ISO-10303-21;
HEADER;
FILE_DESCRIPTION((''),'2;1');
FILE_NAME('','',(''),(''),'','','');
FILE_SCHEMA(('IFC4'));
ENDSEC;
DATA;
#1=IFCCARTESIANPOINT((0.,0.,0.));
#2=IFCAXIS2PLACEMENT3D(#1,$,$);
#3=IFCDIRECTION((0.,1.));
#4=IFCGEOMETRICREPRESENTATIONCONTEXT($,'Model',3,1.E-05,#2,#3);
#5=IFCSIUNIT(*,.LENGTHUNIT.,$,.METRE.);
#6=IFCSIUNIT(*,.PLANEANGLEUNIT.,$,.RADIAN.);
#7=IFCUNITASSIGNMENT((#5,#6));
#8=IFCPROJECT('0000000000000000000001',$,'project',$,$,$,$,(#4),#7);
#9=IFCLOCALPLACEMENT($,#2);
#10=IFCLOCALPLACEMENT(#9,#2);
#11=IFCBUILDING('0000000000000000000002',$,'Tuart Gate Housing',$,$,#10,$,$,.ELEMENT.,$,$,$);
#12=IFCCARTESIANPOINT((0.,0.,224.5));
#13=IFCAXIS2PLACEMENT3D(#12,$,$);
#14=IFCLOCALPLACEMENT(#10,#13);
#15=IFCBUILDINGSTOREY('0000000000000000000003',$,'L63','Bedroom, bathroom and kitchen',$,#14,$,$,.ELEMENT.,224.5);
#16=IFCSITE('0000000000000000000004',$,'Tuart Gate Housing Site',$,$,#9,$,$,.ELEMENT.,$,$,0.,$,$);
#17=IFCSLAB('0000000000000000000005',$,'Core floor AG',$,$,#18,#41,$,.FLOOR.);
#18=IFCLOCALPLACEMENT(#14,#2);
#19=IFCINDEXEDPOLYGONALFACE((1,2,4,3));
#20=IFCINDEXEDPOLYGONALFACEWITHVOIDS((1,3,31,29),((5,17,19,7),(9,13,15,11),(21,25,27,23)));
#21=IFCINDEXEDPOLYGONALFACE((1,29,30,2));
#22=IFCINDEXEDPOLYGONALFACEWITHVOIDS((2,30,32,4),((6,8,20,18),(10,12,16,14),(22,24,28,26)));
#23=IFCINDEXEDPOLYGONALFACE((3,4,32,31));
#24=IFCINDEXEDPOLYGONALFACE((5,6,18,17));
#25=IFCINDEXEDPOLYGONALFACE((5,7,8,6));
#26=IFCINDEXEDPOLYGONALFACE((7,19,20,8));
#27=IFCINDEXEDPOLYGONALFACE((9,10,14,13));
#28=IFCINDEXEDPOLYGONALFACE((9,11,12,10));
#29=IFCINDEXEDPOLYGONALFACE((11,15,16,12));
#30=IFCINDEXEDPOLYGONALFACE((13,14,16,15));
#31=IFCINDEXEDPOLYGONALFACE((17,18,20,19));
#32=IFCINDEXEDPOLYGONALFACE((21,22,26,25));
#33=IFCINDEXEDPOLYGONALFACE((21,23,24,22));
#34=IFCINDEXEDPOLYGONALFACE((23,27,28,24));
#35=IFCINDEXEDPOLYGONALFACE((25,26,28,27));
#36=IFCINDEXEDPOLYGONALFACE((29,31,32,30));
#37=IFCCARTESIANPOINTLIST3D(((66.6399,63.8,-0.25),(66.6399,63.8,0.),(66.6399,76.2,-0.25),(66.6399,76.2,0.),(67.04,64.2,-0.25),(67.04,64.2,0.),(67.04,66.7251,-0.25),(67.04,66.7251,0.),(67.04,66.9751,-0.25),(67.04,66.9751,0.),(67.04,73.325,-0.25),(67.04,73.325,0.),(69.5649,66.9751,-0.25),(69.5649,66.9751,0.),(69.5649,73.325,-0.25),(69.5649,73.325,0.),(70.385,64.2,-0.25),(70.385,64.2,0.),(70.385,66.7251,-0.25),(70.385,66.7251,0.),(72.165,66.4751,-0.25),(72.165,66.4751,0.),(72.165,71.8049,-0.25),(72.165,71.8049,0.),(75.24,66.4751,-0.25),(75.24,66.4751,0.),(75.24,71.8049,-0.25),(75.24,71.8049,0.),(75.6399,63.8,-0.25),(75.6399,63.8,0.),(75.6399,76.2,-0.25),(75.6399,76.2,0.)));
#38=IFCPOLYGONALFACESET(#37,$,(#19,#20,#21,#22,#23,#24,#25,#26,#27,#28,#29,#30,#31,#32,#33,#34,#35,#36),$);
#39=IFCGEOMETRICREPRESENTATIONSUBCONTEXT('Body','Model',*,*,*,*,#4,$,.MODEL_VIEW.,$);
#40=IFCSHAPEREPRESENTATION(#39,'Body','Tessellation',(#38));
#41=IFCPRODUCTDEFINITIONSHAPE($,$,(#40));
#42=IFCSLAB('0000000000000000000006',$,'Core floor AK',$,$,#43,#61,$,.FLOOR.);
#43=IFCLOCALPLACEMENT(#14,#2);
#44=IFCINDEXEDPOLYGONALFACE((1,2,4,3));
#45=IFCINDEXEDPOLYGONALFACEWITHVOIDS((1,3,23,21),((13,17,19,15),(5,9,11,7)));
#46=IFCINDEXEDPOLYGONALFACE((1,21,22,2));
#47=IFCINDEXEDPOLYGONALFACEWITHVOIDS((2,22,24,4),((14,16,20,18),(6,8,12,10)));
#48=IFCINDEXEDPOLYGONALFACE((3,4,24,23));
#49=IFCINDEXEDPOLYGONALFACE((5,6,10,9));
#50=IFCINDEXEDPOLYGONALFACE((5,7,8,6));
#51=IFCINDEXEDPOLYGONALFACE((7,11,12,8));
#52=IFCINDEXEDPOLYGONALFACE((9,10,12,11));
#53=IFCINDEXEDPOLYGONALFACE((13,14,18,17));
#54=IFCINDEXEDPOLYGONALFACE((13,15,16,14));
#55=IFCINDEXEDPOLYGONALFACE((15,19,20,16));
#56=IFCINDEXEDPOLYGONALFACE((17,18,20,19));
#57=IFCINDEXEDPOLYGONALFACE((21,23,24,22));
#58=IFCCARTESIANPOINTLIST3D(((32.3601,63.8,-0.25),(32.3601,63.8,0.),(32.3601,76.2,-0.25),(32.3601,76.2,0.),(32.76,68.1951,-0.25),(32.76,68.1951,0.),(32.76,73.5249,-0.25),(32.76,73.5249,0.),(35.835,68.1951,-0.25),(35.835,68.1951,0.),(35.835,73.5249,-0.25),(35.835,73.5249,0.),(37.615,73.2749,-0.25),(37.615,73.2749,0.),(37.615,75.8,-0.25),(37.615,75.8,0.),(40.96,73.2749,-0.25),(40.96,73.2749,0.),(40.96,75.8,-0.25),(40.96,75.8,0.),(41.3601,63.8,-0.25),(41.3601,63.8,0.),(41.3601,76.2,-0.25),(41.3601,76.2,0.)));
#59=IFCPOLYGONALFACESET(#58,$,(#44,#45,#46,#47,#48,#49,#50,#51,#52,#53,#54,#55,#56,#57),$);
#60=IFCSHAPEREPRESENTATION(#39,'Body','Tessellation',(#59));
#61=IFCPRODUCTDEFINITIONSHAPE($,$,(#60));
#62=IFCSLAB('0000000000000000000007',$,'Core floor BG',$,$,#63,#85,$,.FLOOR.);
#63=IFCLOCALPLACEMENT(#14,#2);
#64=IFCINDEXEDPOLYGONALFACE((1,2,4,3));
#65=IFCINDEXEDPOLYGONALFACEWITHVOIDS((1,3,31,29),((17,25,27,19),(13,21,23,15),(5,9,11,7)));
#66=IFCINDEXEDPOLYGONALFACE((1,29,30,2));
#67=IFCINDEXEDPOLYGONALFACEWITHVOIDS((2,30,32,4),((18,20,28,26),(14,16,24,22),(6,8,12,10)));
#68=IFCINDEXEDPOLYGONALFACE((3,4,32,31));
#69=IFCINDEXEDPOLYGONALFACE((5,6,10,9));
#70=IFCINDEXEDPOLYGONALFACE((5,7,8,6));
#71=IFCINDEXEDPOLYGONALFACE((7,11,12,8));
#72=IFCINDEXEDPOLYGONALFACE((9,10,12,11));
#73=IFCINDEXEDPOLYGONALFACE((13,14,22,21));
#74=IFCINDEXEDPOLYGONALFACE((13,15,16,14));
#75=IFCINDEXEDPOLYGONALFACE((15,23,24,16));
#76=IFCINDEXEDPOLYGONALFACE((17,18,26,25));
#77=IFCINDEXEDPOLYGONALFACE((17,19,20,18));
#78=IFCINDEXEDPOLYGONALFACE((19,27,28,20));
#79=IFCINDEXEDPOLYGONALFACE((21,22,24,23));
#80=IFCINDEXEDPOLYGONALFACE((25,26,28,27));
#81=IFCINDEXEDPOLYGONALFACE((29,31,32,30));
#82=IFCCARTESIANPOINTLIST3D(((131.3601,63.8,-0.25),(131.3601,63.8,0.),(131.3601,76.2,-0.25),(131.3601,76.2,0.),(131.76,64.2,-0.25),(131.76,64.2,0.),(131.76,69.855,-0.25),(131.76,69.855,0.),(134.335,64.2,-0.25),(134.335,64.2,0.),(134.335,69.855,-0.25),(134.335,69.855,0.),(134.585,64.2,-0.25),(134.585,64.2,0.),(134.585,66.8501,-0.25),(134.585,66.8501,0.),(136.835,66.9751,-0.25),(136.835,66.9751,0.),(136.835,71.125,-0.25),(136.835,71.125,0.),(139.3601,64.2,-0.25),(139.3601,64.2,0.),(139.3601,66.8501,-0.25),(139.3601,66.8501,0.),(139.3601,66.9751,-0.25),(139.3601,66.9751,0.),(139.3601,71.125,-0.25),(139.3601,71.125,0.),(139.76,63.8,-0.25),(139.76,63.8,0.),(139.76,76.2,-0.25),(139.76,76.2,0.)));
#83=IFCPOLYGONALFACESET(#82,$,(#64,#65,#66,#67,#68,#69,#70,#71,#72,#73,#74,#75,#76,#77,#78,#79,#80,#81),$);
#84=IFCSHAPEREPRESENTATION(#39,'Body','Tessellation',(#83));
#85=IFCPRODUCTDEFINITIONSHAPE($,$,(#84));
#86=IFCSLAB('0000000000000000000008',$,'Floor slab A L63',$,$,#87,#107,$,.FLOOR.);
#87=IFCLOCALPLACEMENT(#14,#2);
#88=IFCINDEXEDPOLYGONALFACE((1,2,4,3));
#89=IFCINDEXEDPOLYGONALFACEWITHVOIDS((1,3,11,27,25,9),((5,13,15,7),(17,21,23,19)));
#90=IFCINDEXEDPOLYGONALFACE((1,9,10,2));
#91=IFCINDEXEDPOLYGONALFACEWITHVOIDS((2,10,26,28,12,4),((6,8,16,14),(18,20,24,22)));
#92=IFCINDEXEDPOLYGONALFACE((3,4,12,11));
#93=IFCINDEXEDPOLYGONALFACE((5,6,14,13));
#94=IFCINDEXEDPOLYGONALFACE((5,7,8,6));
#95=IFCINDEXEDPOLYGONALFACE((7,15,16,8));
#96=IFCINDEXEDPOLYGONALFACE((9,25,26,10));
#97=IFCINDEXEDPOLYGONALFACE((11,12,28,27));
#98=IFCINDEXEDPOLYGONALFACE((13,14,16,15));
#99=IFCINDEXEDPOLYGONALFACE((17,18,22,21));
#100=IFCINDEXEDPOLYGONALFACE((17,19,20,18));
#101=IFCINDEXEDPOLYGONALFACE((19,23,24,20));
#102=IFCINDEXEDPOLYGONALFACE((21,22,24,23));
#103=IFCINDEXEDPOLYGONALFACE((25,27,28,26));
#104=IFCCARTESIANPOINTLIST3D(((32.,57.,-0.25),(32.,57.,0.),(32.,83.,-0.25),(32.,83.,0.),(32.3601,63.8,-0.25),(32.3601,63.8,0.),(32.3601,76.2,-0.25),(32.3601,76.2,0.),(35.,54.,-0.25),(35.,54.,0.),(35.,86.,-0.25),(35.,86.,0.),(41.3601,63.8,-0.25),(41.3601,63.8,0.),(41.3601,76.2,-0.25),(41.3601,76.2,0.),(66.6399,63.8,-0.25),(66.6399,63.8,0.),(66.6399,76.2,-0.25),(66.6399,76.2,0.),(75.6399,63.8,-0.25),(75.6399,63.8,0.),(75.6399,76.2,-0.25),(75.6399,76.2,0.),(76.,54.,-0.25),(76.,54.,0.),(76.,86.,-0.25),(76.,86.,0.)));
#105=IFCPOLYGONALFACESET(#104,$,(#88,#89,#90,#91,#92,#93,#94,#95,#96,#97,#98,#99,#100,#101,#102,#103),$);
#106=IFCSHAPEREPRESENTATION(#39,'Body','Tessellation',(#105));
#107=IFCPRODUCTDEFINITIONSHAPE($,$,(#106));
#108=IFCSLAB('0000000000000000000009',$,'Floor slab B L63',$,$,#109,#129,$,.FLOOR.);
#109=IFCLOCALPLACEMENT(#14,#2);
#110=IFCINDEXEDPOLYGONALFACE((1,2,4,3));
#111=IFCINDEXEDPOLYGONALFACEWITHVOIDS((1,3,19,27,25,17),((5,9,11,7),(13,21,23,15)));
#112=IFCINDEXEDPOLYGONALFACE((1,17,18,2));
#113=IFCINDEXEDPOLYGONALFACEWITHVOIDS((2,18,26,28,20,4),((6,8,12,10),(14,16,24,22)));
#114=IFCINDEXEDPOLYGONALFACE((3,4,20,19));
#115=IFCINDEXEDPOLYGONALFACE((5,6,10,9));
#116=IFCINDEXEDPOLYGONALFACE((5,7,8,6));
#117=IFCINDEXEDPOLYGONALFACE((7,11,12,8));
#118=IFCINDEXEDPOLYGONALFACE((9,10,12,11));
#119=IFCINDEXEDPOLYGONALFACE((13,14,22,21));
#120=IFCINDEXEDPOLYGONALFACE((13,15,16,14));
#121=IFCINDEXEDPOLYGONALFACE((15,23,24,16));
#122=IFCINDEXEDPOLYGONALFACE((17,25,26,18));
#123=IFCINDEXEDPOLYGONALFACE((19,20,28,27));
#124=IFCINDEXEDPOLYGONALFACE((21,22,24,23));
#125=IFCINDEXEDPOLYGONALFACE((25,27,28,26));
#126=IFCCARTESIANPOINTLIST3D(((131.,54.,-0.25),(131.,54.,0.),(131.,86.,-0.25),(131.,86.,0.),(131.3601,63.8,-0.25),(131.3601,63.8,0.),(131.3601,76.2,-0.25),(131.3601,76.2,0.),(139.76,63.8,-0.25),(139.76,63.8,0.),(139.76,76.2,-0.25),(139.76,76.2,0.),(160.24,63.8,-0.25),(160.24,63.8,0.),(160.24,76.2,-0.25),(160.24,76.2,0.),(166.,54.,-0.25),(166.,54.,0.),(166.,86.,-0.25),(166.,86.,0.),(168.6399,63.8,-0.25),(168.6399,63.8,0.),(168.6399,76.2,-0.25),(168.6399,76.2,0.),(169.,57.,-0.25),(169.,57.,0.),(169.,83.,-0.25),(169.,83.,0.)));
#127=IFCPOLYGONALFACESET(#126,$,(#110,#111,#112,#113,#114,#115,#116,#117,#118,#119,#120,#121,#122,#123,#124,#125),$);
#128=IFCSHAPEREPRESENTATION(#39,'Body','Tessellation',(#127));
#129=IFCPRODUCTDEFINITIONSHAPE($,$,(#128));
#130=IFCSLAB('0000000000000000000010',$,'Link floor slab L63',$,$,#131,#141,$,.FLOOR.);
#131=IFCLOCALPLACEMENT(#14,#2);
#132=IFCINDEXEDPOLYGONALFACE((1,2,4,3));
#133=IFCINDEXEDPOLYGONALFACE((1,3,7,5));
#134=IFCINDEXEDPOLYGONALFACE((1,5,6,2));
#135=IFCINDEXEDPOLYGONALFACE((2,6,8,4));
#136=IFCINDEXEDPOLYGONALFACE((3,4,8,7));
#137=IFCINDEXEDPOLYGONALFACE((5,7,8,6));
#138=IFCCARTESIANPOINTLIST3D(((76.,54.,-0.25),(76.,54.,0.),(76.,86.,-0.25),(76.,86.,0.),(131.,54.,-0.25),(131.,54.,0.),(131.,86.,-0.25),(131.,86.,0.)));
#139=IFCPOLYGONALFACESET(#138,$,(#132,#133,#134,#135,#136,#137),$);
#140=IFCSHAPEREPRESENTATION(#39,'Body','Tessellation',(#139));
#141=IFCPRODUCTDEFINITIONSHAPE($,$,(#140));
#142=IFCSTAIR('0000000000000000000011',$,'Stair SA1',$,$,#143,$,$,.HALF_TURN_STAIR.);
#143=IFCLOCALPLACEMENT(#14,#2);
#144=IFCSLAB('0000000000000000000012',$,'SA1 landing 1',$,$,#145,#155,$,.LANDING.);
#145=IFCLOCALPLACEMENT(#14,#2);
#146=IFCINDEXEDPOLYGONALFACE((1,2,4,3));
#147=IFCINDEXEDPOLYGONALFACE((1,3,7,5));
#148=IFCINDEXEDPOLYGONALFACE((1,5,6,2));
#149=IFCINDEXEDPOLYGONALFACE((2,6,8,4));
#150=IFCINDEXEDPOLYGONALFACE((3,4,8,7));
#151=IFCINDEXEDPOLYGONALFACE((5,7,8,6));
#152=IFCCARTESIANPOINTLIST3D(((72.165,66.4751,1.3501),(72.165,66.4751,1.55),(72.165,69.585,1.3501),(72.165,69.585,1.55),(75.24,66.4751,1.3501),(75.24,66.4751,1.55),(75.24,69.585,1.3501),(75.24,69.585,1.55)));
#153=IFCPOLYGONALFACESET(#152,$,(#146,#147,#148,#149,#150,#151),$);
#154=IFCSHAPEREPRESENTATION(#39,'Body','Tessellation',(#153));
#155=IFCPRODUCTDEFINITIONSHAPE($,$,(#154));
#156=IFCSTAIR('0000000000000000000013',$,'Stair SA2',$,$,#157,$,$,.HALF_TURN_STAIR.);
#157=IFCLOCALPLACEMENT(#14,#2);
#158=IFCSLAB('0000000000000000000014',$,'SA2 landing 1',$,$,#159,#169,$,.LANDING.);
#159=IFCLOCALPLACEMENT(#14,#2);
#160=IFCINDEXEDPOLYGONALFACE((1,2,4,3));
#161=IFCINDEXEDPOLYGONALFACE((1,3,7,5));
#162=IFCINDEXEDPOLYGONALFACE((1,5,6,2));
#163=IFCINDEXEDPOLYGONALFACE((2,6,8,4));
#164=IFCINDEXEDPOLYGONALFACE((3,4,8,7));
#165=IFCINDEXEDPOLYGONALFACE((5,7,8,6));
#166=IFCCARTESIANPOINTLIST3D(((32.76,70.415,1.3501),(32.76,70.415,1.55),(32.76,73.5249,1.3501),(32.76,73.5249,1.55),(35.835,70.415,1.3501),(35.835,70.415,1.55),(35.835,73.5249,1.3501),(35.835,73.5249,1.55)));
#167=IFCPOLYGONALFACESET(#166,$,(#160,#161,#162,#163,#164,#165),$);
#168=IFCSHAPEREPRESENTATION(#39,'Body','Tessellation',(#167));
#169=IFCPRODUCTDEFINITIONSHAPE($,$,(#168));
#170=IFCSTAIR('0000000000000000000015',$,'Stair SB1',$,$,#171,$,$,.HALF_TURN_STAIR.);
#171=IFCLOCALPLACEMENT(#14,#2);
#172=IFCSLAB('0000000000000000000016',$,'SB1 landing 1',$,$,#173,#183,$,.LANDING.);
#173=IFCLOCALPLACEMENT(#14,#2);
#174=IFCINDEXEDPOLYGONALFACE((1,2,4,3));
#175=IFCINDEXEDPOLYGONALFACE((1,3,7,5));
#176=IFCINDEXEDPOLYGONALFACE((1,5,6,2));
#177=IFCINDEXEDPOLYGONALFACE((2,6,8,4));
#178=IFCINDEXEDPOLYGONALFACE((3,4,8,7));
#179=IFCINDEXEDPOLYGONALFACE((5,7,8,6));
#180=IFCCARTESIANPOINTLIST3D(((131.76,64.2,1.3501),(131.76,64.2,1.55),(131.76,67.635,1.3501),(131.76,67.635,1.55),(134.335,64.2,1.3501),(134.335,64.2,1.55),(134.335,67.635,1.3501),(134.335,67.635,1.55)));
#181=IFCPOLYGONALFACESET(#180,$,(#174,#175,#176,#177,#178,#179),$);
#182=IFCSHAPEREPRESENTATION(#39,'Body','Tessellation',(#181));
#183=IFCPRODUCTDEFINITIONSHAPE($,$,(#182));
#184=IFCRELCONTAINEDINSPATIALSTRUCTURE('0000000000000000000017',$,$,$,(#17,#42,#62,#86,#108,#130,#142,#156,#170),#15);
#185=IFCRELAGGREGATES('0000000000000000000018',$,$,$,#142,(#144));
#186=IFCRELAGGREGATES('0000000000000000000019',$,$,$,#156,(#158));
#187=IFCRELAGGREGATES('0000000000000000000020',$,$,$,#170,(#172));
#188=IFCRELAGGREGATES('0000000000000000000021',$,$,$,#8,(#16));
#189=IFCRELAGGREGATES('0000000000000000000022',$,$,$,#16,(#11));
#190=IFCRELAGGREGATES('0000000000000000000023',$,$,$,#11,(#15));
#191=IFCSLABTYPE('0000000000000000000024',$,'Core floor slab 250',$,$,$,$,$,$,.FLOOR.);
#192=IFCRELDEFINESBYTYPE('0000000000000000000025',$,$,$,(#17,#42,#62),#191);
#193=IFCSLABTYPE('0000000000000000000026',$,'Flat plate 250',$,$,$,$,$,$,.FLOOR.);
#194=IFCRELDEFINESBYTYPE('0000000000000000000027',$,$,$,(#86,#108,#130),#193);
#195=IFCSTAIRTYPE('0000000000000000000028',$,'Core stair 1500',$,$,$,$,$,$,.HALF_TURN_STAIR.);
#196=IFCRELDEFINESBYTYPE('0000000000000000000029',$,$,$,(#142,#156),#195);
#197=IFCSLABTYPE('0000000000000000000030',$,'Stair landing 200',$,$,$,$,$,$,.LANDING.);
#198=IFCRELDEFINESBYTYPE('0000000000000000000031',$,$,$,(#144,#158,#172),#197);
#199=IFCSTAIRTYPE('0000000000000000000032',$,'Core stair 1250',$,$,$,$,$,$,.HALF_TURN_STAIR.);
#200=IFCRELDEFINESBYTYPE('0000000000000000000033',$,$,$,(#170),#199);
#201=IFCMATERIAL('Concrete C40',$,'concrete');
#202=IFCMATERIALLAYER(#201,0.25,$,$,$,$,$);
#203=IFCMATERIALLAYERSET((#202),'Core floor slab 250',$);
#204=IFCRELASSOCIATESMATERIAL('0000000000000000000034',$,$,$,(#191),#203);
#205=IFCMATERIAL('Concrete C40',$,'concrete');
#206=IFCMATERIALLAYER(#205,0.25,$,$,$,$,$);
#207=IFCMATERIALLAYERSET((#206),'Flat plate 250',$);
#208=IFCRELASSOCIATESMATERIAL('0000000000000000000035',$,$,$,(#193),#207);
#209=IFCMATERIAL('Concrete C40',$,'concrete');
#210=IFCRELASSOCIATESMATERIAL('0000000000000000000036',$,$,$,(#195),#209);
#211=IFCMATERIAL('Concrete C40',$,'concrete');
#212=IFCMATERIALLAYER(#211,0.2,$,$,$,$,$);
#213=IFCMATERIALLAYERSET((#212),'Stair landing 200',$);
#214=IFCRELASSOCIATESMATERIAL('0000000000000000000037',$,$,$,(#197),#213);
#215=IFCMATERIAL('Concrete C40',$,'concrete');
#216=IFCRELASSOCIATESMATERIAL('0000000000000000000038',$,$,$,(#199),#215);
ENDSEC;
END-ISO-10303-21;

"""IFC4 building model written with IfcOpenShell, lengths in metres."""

from ifc_helpers import new_model, si_unit, direction, frame, origin, place, context, subcontext, project, spatial, polyline, outline, extrude, material, layer, layer_set, type_object, element, aggregate, save


model = new_model("IFC4")

# Units and contexts
model_context = context("Model", 3, precision=1e-05, world=origin(), true_north=direction((0.0, 1.0)))
body_context = subcontext(model_context, "Body", "Model", "MODEL_VIEW")
ifc_project = project(units=[si_unit("LENGTHUNIT", "METRE"), si_unit("PLANEANGLEUNIT", "RADIAN")], contexts=[model_context])

# Site, building, storey
site_placement = place(None, origin())
site = spatial("IfcSite", under=ifc_project, at=site_placement, Name="Tuart Gate Housing Site", CompositionType="ELEMENT", RefElevation=0.0)
building_placement = place(site_placement, origin())
building = spatial("IfcBuilding", under=site, at=building_placement, Name="Tuart Gate Housing", CompositionType="ELEMENT")
storey_placement = place(building_placement, frame((0.0, 0.0, 224.5)))
storey = spatial("IfcBuildingStorey", under=building, at=storey_placement, Name="L63", Description="Bedroom, bathroom and kitchen", CompositionType="ELEMENT", Elevation=224.5)

# Slabs
ifc_material_1 = material(Name="Concrete C40", Category="concrete")
ifc_layer_1 = layer(ifc_material_1, 0.25)
ifc_layer_set_1 = layer_set([ifc_layer_1], Name="Core floor slab 250")
slab_type_1 = type_object("IfcSlabType", Name="Core floor slab 250", PredefinedType="FLOOR", material=ifc_layer_set_1)
slab_1_placement = place(storey_placement, frame((0.0, 0.0, -0.25)))
element("IfcSlab", 1, at=slab_1_placement, inside=storey, type_object=slab_type_1, Name="Core floor AG", PredefinedType="FLOOR", context=body_context, shape_type="SweptSolid", body=[
    extrude(outline(polyline([(66.6399, 63.8), (75.6399, 63.8), (75.6399, 76.2), (66.6399, 76.2), (66.6399, 63.8)]), holes=[polyline([(67.04, 64.2), (70.385, 64.2), (70.385, 66.7251), (67.04, 66.7251), (67.04, 64.2)]), polyline([(67.04, 66.9751), (69.5649, 66.9751), (69.5649, 73.325), (67.04, 73.325), (67.04, 66.9751)]), polyline([(72.165, 66.4751), (75.24, 66.4751), (75.24, 71.8049), (72.165, 71.8049), (72.165, 66.4751)])]), origin(), (0.0, 0.0, 1.0), 0.25),
])
slab_2_placement = place(storey_placement, frame((0.0, 0.0, -0.25)))
element("IfcSlab", 2, at=slab_2_placement, inside=storey, type_object=slab_type_1, Name="Core floor AK", PredefinedType="FLOOR", context=body_context, shape_type="SweptSolid", body=[
    extrude(outline(polyline([(32.3601, 63.8), (41.3601, 63.8), (41.3601, 76.2), (32.3601, 76.2), (32.3601, 63.8)]), holes=[polyline([(40.96, 75.8), (37.615, 75.8), (37.615, 73.2749), (40.96, 73.2749), (40.96, 75.8)]), polyline([(35.835, 73.5249), (32.76, 73.5249), (32.76, 68.1951), (35.835, 68.1951), (35.835, 73.5249)])]), origin(), (0.0, 0.0, 1.0), 0.25),
])
slab_3_placement = place(storey_placement, frame((0.0, 0.0, -0.25)))
element("IfcSlab", 3, at=slab_3_placement, inside=storey, type_object=slab_type_1, Name="Core floor BG", PredefinedType="FLOOR", context=body_context, shape_type="SweptSolid", body=[
    extrude(outline(polyline([(131.3601, 63.8), (139.76, 63.8), (139.76, 76.2), (131.3601, 76.2), (131.3601, 63.8)]), holes=[polyline([(139.3601, 66.8501), (134.585, 66.8501), (134.585, 64.2), (139.3601, 64.2), (139.3601, 66.8501)]), polyline([(139.3601, 71.125), (136.835, 71.125), (136.835, 66.9751), (139.3601, 66.9751), (139.3601, 71.125)]), polyline([(134.335, 69.855), (131.76, 69.855), (131.76, 64.2), (134.335, 64.2), (134.335, 69.855)])]), origin(), (0.0, 0.0, 1.0), 0.25),
])
ifc_material_2 = material(Name="Concrete C40", Category="concrete")
ifc_layer_2 = layer(ifc_material_2, 0.25)
ifc_layer_set_2 = layer_set([ifc_layer_2], Name="Flat plate 250")
slab_type_2 = type_object("IfcSlabType", Name="Flat plate 250", PredefinedType="FLOOR", material=ifc_layer_set_2)
slab_4_placement = place(storey_placement, frame((0.0, 0.0, -0.25)))
element("IfcSlab", 4, at=slab_4_placement, inside=storey, type_object=slab_type_2, Name="Floor slab A L63", PredefinedType="FLOOR", context=body_context, shape_type="SweptSolid", body=[
    extrude(outline(polyline([(35.0, 86.0), (32.0, 83.0), (32.0, 57.0), (35.0, 54.0), (76.0, 54.0), (76.0, 86.0), (35.0, 86.0)]), holes=[polyline([(66.6399, 76.2), (75.6399, 76.2), (75.6399, 63.8), (66.6399, 63.8), (66.6399, 76.2)]), polyline([(41.3601, 76.2), (41.3601, 63.8), (32.3601, 63.8), (32.3601, 76.2), (41.3601, 76.2)])]), origin(), (0.0, 0.0, 1.0), 0.25),
])
slab_5_placement = place(storey_placement, frame((0.0, 0.0, -0.25)))
element("IfcSlab", 5, at=slab_5_placement, inside=storey, type_object=slab_type_2, Name="Floor slab B L63", PredefinedType="FLOOR", context=body_context, shape_type="SweptSolid", body=[
    extrude(outline(polyline([(166.0, 86.0), (131.0, 86.0), (131.0, 54.0), (166.0, 54.0), (169.0, 57.0), (169.0, 83.0), (166.0, 86.0)]), holes=[polyline([(131.3601, 76.2), (139.76, 76.2), (139.76, 63.8), (131.3601, 63.8), (131.3601, 76.2)]), polyline([(168.6399, 76.2), (168.6399, 63.8), (160.24, 63.8), (160.24, 76.2), (168.6399, 76.2)])]), origin(), (0.0, 0.0, 1.0), 0.25),
])
slab_6_placement = place(storey_placement, frame((0.0, 0.0, -0.25)))
element("IfcSlab", 6, at=slab_6_placement, inside=storey, type_object=slab_type_2, Name="Link floor slab L63", PredefinedType="FLOOR", context=body_context, shape_type="SweptSolid", body=[
    extrude(outline(polyline([(76.0, 54.0), (131.0, 54.0), (131.0, 86.0), (76.0, 86.0), (76.0, 54.0)])), origin(), (0.0, 0.0, 1.0), 0.25),
])

# Stairs, slabs
ifc_material_3 = material(Name="Concrete C40", Category="concrete")
stair_type_1 = type_object("IfcStairType", Name="Core stair 1500", PredefinedType="HALF_TURN_STAIR", material=ifc_material_3)
stair_1_placement = place(storey_placement, origin())
stair_1 = element("IfcStair", 7, at=stair_1_placement, inside=storey, type_object=stair_type_1, Name="Stair SA1", PredefinedType="HALF_TURN_STAIR")
ifc_material_4 = material(Name="Concrete C40", Category="concrete")
ifc_layer_3 = layer(ifc_material_4, 0.2)
ifc_layer_set_3 = layer_set([ifc_layer_3], Name="Stair landing 200")
slab_type_3 = type_object("IfcSlabType", Name="Stair landing 200", PredefinedType="LANDING", material=ifc_layer_set_3)
slab_7_placement = place(storey_placement, frame((0.0, 0.0, 1.3501)))
slab_7 = element("IfcSlab", 8, at=slab_7_placement, type_object=slab_type_3, Name="SA1 landing 1", PredefinedType="LANDING", context=body_context, shape_type="SweptSolid", body=[
    extrude(outline(polyline([(72.165, 66.4751), (75.24, 66.4751), (75.24, 69.585), (72.165, 69.585), (72.165, 66.4751)])), origin(), (0.0, 0.0, 1.0), 0.2),
])
aggregate(stair_1, [slab_7])
stair_2_placement = place(storey_placement, origin())
stair_2 = element("IfcStair", 9, at=stair_2_placement, inside=storey, type_object=stair_type_1, Name="Stair SA2", PredefinedType="HALF_TURN_STAIR")
slab_8_placement = place(storey_placement, frame((0.0, 0.0, 1.3501)))
slab_8 = element("IfcSlab", 10, at=slab_8_placement, type_object=slab_type_3, Name="SA2 landing 1", PredefinedType="LANDING", context=body_context, shape_type="SweptSolid", body=[
    extrude(outline(polyline([(35.835, 73.5249), (32.76, 73.5249), (32.76, 70.415), (35.835, 70.415), (35.835, 73.5249)])), origin(), (0.0, 0.0, 1.0), 0.2),
])
aggregate(stair_2, [slab_8])
ifc_material_5 = material(Name="Concrete C40", Category="concrete")
stair_type_2 = type_object("IfcStairType", Name="Core stair 1250", PredefinedType="HALF_TURN_STAIR", material=ifc_material_5)
stair_3_placement = place(storey_placement, origin())
stair_3 = element("IfcStair", 11, at=stair_3_placement, inside=storey, type_object=stair_type_2, Name="Stair SB1", PredefinedType="HALF_TURN_STAIR")
slab_9_placement = place(storey_placement, frame((0.0, 0.0, 1.3501)))
slab_9 = element("IfcSlab", 12, at=slab_9_placement, type_object=slab_type_3, Name="SB1 landing 1", PredefinedType="LANDING", context=body_context, shape_type="SweptSolid", body=[
    extrude(outline(polyline([(134.335, 67.635), (131.76, 67.635), (131.76, 64.2), (134.335, 64.2), (134.335, 67.635)])), origin(), (0.0, 0.0, 1.0), 0.2),
])
aggregate(stair_3, [slab_9])

save(model, "model.ifc")
